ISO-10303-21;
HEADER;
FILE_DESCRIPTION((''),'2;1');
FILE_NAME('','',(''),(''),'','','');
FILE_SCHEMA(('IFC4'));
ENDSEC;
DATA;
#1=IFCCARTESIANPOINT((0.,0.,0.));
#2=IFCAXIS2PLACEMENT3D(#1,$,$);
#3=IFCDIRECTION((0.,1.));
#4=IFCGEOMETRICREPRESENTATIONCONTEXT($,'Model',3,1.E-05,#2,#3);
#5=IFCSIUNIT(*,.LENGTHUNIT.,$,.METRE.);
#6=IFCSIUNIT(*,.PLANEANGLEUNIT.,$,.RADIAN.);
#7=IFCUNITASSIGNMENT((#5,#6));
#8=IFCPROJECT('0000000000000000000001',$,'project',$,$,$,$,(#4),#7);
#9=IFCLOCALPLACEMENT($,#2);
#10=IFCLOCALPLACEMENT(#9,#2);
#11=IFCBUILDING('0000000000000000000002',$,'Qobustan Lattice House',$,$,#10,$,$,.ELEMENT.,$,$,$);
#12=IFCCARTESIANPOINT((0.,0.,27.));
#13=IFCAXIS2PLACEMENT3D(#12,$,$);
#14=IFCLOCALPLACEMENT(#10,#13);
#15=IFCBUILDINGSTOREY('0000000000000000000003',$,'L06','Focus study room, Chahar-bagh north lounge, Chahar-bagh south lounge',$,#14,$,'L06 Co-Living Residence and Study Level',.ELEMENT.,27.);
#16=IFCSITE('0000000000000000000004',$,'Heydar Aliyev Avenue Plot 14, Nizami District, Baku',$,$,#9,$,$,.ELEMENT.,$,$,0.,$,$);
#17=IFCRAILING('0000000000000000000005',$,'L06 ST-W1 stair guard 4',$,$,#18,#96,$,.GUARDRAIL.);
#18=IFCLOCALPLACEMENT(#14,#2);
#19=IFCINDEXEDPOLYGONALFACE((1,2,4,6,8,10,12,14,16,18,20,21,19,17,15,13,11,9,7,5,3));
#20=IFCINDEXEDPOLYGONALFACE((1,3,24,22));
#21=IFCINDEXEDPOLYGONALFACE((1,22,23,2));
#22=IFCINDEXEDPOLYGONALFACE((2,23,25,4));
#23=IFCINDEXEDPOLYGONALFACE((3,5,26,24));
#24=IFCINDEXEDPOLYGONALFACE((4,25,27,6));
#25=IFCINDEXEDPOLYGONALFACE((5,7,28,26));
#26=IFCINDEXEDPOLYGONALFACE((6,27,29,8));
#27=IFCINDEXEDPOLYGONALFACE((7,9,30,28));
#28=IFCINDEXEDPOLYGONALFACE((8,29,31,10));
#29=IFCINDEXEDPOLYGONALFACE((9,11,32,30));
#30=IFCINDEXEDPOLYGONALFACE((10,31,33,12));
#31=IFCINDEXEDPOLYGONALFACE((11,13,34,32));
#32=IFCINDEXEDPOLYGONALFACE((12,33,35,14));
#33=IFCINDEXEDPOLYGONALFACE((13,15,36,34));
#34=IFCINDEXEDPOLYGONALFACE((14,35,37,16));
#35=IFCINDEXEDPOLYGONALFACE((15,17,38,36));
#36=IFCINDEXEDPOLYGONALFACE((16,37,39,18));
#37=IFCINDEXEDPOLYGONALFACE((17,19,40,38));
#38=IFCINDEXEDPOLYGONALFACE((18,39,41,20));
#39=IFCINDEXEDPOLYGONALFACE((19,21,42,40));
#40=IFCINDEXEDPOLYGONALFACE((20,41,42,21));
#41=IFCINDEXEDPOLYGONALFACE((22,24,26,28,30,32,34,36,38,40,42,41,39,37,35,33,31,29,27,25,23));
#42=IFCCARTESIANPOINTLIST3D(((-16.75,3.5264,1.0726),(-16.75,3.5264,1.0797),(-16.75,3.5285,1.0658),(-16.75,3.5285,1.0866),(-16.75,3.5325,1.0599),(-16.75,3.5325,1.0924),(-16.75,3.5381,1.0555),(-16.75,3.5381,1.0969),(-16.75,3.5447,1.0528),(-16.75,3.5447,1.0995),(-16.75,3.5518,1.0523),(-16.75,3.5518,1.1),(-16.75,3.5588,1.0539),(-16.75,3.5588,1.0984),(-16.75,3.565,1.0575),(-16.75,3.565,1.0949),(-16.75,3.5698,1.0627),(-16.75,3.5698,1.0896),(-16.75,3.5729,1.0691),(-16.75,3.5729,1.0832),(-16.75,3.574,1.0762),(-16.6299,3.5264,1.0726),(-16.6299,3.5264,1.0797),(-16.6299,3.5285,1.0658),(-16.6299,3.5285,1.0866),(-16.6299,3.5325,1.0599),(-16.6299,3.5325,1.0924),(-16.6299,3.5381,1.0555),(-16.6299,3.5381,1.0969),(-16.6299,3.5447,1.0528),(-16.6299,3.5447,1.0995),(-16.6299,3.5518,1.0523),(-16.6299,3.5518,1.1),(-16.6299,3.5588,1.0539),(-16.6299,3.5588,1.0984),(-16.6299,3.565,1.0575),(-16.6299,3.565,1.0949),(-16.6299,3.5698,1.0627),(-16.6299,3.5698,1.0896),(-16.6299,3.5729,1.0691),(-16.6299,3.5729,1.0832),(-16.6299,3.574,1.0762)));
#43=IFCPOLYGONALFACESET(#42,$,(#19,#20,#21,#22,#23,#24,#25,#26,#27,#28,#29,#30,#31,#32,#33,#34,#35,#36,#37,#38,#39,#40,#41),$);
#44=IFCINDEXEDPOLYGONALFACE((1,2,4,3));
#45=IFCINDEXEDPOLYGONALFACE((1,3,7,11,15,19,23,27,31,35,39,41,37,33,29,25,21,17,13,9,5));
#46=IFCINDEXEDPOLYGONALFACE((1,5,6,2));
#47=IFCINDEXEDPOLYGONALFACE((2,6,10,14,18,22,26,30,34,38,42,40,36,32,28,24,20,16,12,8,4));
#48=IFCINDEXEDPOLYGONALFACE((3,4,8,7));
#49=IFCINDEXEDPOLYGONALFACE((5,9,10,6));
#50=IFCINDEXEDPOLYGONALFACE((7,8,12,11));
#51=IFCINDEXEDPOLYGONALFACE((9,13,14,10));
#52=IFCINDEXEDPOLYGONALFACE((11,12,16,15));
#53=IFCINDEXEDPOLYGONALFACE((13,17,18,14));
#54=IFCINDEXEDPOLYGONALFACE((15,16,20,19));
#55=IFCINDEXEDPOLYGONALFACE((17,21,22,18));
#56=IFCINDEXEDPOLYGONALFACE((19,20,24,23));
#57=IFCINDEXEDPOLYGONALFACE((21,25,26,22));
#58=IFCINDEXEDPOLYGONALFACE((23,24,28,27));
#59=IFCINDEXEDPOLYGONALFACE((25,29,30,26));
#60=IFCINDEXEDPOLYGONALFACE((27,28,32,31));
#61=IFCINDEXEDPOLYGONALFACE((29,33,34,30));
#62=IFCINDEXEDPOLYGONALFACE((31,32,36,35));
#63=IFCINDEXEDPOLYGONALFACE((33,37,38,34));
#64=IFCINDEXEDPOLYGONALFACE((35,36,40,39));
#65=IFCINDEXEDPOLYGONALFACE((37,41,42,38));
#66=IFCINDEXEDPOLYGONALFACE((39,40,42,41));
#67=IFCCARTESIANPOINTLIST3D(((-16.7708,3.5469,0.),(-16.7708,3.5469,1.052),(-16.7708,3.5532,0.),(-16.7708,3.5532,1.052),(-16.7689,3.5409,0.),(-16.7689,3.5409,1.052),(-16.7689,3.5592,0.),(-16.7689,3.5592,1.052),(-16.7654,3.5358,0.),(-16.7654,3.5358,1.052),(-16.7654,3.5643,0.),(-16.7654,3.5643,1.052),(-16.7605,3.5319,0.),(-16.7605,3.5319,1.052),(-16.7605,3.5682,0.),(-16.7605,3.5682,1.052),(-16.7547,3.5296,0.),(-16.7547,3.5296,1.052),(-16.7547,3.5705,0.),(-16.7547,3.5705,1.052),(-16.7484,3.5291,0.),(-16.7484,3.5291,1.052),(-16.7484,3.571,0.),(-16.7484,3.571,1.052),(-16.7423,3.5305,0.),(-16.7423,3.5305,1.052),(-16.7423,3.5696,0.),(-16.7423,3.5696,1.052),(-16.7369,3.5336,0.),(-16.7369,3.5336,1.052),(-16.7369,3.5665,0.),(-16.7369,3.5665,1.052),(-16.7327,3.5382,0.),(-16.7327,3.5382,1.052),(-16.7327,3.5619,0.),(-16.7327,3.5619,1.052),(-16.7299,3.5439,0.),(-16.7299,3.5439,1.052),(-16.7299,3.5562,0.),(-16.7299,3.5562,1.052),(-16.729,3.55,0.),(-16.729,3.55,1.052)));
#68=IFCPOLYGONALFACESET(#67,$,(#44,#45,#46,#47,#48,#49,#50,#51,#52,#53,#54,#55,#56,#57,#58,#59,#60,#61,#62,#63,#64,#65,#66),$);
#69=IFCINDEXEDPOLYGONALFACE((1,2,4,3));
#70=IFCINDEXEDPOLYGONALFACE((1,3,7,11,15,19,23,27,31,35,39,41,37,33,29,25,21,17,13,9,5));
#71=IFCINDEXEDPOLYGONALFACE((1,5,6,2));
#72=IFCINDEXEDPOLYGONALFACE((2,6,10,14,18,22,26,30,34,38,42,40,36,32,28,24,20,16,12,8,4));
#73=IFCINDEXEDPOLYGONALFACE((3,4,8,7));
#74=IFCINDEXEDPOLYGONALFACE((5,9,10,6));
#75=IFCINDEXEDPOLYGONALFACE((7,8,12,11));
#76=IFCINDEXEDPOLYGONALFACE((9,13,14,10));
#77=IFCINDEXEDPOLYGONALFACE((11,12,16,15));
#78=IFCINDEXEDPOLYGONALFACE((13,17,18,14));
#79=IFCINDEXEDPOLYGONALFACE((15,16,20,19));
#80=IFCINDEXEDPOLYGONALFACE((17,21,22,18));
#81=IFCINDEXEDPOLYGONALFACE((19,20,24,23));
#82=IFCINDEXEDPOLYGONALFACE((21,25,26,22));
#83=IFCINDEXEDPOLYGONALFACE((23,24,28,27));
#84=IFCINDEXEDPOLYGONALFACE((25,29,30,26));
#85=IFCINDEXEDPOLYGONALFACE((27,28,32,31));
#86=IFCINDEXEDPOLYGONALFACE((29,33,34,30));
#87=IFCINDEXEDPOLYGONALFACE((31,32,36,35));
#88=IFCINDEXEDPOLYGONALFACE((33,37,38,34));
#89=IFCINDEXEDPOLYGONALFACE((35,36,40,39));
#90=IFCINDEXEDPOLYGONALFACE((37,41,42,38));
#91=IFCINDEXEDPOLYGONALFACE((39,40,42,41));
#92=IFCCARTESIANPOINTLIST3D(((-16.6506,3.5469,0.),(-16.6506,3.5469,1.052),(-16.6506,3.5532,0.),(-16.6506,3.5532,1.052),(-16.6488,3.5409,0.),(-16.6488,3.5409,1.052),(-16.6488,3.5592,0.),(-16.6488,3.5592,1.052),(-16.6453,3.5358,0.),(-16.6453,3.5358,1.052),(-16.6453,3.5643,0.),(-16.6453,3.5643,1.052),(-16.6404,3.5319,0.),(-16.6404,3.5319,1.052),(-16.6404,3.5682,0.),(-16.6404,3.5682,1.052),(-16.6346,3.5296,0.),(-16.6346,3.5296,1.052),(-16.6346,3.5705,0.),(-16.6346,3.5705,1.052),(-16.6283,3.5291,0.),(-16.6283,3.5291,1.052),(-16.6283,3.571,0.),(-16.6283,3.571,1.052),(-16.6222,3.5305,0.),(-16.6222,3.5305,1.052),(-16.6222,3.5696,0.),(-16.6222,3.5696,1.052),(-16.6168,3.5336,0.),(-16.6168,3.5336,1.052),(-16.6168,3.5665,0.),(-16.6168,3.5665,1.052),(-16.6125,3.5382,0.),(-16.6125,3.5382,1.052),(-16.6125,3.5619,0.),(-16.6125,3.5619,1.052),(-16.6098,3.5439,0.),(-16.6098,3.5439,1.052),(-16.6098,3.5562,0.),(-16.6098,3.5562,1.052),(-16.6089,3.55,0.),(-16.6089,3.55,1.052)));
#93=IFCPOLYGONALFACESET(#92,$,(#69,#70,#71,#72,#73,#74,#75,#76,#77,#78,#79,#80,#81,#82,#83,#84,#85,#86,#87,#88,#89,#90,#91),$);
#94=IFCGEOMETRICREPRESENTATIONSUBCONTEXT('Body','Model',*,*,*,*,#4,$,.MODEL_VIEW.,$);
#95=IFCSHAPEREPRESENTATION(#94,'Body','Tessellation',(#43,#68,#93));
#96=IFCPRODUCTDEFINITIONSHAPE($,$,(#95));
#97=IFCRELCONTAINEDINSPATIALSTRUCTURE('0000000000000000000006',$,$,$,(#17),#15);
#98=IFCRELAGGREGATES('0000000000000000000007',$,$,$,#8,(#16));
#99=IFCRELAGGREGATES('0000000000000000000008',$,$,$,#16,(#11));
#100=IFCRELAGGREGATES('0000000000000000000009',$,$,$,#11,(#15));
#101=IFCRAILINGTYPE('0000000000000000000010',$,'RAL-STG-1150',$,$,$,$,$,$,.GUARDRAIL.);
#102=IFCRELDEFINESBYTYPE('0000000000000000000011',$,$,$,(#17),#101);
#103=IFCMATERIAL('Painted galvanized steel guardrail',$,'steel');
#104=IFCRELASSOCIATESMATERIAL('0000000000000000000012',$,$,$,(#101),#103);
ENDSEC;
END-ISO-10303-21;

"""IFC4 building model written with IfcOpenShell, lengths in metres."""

from ifc_helpers import new_model, si_unit, direction, frame, origin, origin_2d, place, context, subcontext, project, spatial, circle, extrude, material, type_object, element, save


model = new_model("IFC4")

# Units and contexts
model_context = context("Model", 3, precision=1e-05, world=origin(), true_north=direction((0.0, 1.0)))
body_context = subcontext(model_context, "Body", "Model", "MODEL_VIEW")
ifc_project = project(units=[si_unit("LENGTHUNIT", "METRE"), si_unit("PLANEANGLEUNIT", "RADIAN")], contexts=[model_context])

# Site, building, storey
site_placement = place(None, origin())
site = spatial("IfcSite", under=ifc_project, at=site_placement, Name="Heydar Aliyev Avenue Plot 14, Nizami District, Baku", CompositionType="ELEMENT", RefElevation=0.0)
building_placement = place(site_placement, origin())
building = spatial("IfcBuilding", under=site, at=building_placement, Name="Qobustan Lattice House", CompositionType="ELEMENT")
storey_placement = place(building_placement, frame((0.0, 0.0, 27.0)))
storey = spatial("IfcBuildingStorey", under=building, at=storey_placement, Name="L06", Description="Focus study room, Chahar-bagh north lounge, Chahar-bagh south lounge", LongName="L06 Co-Living Residence and Study Level", CompositionType="ELEMENT", Elevation=27.0)

# Railing
ifc_material_1 = material(Name="Painted galvanized steel guardrail", Category="steel")
railing_type_1 = type_object("IfcRailingType", Name="RAL-STG-1150", PredefinedType="GUARDRAIL", material=ifc_material_1)
railing_1_placement = place(storey_placement, frame((-16.75, 3.55, 0.0)))
element("IfcRailing", 1, at=railing_1_placement, inside=storey, type_object=railing_type_1, Name="L06 ST-W1 stair guard 4", PredefinedType="GUARDRAIL", context=body_context, shape_type="SweptSolid", body=[
    extrude(circle(Radius=0.0239, at=origin_2d()), frame((0.0, 0.0, 1.0762), z_axis=(1.0, 0.0, 0.0), x_axis=(0.0, 1.0, 0.0)), (0.0, 0.0, 1.0), 0.1201),
    extrude(circle(Radius=0.021, at=origin_2d()), origin(), (0.0, 0.0, 1.0), 1.052),
    extrude(circle(Radius=0.021, at=origin_2d()), frame((0.1201, 0.0, 0.0)), (0.0, 0.0, 1.0), 1.052),
])

save(model, "model.ifc")
